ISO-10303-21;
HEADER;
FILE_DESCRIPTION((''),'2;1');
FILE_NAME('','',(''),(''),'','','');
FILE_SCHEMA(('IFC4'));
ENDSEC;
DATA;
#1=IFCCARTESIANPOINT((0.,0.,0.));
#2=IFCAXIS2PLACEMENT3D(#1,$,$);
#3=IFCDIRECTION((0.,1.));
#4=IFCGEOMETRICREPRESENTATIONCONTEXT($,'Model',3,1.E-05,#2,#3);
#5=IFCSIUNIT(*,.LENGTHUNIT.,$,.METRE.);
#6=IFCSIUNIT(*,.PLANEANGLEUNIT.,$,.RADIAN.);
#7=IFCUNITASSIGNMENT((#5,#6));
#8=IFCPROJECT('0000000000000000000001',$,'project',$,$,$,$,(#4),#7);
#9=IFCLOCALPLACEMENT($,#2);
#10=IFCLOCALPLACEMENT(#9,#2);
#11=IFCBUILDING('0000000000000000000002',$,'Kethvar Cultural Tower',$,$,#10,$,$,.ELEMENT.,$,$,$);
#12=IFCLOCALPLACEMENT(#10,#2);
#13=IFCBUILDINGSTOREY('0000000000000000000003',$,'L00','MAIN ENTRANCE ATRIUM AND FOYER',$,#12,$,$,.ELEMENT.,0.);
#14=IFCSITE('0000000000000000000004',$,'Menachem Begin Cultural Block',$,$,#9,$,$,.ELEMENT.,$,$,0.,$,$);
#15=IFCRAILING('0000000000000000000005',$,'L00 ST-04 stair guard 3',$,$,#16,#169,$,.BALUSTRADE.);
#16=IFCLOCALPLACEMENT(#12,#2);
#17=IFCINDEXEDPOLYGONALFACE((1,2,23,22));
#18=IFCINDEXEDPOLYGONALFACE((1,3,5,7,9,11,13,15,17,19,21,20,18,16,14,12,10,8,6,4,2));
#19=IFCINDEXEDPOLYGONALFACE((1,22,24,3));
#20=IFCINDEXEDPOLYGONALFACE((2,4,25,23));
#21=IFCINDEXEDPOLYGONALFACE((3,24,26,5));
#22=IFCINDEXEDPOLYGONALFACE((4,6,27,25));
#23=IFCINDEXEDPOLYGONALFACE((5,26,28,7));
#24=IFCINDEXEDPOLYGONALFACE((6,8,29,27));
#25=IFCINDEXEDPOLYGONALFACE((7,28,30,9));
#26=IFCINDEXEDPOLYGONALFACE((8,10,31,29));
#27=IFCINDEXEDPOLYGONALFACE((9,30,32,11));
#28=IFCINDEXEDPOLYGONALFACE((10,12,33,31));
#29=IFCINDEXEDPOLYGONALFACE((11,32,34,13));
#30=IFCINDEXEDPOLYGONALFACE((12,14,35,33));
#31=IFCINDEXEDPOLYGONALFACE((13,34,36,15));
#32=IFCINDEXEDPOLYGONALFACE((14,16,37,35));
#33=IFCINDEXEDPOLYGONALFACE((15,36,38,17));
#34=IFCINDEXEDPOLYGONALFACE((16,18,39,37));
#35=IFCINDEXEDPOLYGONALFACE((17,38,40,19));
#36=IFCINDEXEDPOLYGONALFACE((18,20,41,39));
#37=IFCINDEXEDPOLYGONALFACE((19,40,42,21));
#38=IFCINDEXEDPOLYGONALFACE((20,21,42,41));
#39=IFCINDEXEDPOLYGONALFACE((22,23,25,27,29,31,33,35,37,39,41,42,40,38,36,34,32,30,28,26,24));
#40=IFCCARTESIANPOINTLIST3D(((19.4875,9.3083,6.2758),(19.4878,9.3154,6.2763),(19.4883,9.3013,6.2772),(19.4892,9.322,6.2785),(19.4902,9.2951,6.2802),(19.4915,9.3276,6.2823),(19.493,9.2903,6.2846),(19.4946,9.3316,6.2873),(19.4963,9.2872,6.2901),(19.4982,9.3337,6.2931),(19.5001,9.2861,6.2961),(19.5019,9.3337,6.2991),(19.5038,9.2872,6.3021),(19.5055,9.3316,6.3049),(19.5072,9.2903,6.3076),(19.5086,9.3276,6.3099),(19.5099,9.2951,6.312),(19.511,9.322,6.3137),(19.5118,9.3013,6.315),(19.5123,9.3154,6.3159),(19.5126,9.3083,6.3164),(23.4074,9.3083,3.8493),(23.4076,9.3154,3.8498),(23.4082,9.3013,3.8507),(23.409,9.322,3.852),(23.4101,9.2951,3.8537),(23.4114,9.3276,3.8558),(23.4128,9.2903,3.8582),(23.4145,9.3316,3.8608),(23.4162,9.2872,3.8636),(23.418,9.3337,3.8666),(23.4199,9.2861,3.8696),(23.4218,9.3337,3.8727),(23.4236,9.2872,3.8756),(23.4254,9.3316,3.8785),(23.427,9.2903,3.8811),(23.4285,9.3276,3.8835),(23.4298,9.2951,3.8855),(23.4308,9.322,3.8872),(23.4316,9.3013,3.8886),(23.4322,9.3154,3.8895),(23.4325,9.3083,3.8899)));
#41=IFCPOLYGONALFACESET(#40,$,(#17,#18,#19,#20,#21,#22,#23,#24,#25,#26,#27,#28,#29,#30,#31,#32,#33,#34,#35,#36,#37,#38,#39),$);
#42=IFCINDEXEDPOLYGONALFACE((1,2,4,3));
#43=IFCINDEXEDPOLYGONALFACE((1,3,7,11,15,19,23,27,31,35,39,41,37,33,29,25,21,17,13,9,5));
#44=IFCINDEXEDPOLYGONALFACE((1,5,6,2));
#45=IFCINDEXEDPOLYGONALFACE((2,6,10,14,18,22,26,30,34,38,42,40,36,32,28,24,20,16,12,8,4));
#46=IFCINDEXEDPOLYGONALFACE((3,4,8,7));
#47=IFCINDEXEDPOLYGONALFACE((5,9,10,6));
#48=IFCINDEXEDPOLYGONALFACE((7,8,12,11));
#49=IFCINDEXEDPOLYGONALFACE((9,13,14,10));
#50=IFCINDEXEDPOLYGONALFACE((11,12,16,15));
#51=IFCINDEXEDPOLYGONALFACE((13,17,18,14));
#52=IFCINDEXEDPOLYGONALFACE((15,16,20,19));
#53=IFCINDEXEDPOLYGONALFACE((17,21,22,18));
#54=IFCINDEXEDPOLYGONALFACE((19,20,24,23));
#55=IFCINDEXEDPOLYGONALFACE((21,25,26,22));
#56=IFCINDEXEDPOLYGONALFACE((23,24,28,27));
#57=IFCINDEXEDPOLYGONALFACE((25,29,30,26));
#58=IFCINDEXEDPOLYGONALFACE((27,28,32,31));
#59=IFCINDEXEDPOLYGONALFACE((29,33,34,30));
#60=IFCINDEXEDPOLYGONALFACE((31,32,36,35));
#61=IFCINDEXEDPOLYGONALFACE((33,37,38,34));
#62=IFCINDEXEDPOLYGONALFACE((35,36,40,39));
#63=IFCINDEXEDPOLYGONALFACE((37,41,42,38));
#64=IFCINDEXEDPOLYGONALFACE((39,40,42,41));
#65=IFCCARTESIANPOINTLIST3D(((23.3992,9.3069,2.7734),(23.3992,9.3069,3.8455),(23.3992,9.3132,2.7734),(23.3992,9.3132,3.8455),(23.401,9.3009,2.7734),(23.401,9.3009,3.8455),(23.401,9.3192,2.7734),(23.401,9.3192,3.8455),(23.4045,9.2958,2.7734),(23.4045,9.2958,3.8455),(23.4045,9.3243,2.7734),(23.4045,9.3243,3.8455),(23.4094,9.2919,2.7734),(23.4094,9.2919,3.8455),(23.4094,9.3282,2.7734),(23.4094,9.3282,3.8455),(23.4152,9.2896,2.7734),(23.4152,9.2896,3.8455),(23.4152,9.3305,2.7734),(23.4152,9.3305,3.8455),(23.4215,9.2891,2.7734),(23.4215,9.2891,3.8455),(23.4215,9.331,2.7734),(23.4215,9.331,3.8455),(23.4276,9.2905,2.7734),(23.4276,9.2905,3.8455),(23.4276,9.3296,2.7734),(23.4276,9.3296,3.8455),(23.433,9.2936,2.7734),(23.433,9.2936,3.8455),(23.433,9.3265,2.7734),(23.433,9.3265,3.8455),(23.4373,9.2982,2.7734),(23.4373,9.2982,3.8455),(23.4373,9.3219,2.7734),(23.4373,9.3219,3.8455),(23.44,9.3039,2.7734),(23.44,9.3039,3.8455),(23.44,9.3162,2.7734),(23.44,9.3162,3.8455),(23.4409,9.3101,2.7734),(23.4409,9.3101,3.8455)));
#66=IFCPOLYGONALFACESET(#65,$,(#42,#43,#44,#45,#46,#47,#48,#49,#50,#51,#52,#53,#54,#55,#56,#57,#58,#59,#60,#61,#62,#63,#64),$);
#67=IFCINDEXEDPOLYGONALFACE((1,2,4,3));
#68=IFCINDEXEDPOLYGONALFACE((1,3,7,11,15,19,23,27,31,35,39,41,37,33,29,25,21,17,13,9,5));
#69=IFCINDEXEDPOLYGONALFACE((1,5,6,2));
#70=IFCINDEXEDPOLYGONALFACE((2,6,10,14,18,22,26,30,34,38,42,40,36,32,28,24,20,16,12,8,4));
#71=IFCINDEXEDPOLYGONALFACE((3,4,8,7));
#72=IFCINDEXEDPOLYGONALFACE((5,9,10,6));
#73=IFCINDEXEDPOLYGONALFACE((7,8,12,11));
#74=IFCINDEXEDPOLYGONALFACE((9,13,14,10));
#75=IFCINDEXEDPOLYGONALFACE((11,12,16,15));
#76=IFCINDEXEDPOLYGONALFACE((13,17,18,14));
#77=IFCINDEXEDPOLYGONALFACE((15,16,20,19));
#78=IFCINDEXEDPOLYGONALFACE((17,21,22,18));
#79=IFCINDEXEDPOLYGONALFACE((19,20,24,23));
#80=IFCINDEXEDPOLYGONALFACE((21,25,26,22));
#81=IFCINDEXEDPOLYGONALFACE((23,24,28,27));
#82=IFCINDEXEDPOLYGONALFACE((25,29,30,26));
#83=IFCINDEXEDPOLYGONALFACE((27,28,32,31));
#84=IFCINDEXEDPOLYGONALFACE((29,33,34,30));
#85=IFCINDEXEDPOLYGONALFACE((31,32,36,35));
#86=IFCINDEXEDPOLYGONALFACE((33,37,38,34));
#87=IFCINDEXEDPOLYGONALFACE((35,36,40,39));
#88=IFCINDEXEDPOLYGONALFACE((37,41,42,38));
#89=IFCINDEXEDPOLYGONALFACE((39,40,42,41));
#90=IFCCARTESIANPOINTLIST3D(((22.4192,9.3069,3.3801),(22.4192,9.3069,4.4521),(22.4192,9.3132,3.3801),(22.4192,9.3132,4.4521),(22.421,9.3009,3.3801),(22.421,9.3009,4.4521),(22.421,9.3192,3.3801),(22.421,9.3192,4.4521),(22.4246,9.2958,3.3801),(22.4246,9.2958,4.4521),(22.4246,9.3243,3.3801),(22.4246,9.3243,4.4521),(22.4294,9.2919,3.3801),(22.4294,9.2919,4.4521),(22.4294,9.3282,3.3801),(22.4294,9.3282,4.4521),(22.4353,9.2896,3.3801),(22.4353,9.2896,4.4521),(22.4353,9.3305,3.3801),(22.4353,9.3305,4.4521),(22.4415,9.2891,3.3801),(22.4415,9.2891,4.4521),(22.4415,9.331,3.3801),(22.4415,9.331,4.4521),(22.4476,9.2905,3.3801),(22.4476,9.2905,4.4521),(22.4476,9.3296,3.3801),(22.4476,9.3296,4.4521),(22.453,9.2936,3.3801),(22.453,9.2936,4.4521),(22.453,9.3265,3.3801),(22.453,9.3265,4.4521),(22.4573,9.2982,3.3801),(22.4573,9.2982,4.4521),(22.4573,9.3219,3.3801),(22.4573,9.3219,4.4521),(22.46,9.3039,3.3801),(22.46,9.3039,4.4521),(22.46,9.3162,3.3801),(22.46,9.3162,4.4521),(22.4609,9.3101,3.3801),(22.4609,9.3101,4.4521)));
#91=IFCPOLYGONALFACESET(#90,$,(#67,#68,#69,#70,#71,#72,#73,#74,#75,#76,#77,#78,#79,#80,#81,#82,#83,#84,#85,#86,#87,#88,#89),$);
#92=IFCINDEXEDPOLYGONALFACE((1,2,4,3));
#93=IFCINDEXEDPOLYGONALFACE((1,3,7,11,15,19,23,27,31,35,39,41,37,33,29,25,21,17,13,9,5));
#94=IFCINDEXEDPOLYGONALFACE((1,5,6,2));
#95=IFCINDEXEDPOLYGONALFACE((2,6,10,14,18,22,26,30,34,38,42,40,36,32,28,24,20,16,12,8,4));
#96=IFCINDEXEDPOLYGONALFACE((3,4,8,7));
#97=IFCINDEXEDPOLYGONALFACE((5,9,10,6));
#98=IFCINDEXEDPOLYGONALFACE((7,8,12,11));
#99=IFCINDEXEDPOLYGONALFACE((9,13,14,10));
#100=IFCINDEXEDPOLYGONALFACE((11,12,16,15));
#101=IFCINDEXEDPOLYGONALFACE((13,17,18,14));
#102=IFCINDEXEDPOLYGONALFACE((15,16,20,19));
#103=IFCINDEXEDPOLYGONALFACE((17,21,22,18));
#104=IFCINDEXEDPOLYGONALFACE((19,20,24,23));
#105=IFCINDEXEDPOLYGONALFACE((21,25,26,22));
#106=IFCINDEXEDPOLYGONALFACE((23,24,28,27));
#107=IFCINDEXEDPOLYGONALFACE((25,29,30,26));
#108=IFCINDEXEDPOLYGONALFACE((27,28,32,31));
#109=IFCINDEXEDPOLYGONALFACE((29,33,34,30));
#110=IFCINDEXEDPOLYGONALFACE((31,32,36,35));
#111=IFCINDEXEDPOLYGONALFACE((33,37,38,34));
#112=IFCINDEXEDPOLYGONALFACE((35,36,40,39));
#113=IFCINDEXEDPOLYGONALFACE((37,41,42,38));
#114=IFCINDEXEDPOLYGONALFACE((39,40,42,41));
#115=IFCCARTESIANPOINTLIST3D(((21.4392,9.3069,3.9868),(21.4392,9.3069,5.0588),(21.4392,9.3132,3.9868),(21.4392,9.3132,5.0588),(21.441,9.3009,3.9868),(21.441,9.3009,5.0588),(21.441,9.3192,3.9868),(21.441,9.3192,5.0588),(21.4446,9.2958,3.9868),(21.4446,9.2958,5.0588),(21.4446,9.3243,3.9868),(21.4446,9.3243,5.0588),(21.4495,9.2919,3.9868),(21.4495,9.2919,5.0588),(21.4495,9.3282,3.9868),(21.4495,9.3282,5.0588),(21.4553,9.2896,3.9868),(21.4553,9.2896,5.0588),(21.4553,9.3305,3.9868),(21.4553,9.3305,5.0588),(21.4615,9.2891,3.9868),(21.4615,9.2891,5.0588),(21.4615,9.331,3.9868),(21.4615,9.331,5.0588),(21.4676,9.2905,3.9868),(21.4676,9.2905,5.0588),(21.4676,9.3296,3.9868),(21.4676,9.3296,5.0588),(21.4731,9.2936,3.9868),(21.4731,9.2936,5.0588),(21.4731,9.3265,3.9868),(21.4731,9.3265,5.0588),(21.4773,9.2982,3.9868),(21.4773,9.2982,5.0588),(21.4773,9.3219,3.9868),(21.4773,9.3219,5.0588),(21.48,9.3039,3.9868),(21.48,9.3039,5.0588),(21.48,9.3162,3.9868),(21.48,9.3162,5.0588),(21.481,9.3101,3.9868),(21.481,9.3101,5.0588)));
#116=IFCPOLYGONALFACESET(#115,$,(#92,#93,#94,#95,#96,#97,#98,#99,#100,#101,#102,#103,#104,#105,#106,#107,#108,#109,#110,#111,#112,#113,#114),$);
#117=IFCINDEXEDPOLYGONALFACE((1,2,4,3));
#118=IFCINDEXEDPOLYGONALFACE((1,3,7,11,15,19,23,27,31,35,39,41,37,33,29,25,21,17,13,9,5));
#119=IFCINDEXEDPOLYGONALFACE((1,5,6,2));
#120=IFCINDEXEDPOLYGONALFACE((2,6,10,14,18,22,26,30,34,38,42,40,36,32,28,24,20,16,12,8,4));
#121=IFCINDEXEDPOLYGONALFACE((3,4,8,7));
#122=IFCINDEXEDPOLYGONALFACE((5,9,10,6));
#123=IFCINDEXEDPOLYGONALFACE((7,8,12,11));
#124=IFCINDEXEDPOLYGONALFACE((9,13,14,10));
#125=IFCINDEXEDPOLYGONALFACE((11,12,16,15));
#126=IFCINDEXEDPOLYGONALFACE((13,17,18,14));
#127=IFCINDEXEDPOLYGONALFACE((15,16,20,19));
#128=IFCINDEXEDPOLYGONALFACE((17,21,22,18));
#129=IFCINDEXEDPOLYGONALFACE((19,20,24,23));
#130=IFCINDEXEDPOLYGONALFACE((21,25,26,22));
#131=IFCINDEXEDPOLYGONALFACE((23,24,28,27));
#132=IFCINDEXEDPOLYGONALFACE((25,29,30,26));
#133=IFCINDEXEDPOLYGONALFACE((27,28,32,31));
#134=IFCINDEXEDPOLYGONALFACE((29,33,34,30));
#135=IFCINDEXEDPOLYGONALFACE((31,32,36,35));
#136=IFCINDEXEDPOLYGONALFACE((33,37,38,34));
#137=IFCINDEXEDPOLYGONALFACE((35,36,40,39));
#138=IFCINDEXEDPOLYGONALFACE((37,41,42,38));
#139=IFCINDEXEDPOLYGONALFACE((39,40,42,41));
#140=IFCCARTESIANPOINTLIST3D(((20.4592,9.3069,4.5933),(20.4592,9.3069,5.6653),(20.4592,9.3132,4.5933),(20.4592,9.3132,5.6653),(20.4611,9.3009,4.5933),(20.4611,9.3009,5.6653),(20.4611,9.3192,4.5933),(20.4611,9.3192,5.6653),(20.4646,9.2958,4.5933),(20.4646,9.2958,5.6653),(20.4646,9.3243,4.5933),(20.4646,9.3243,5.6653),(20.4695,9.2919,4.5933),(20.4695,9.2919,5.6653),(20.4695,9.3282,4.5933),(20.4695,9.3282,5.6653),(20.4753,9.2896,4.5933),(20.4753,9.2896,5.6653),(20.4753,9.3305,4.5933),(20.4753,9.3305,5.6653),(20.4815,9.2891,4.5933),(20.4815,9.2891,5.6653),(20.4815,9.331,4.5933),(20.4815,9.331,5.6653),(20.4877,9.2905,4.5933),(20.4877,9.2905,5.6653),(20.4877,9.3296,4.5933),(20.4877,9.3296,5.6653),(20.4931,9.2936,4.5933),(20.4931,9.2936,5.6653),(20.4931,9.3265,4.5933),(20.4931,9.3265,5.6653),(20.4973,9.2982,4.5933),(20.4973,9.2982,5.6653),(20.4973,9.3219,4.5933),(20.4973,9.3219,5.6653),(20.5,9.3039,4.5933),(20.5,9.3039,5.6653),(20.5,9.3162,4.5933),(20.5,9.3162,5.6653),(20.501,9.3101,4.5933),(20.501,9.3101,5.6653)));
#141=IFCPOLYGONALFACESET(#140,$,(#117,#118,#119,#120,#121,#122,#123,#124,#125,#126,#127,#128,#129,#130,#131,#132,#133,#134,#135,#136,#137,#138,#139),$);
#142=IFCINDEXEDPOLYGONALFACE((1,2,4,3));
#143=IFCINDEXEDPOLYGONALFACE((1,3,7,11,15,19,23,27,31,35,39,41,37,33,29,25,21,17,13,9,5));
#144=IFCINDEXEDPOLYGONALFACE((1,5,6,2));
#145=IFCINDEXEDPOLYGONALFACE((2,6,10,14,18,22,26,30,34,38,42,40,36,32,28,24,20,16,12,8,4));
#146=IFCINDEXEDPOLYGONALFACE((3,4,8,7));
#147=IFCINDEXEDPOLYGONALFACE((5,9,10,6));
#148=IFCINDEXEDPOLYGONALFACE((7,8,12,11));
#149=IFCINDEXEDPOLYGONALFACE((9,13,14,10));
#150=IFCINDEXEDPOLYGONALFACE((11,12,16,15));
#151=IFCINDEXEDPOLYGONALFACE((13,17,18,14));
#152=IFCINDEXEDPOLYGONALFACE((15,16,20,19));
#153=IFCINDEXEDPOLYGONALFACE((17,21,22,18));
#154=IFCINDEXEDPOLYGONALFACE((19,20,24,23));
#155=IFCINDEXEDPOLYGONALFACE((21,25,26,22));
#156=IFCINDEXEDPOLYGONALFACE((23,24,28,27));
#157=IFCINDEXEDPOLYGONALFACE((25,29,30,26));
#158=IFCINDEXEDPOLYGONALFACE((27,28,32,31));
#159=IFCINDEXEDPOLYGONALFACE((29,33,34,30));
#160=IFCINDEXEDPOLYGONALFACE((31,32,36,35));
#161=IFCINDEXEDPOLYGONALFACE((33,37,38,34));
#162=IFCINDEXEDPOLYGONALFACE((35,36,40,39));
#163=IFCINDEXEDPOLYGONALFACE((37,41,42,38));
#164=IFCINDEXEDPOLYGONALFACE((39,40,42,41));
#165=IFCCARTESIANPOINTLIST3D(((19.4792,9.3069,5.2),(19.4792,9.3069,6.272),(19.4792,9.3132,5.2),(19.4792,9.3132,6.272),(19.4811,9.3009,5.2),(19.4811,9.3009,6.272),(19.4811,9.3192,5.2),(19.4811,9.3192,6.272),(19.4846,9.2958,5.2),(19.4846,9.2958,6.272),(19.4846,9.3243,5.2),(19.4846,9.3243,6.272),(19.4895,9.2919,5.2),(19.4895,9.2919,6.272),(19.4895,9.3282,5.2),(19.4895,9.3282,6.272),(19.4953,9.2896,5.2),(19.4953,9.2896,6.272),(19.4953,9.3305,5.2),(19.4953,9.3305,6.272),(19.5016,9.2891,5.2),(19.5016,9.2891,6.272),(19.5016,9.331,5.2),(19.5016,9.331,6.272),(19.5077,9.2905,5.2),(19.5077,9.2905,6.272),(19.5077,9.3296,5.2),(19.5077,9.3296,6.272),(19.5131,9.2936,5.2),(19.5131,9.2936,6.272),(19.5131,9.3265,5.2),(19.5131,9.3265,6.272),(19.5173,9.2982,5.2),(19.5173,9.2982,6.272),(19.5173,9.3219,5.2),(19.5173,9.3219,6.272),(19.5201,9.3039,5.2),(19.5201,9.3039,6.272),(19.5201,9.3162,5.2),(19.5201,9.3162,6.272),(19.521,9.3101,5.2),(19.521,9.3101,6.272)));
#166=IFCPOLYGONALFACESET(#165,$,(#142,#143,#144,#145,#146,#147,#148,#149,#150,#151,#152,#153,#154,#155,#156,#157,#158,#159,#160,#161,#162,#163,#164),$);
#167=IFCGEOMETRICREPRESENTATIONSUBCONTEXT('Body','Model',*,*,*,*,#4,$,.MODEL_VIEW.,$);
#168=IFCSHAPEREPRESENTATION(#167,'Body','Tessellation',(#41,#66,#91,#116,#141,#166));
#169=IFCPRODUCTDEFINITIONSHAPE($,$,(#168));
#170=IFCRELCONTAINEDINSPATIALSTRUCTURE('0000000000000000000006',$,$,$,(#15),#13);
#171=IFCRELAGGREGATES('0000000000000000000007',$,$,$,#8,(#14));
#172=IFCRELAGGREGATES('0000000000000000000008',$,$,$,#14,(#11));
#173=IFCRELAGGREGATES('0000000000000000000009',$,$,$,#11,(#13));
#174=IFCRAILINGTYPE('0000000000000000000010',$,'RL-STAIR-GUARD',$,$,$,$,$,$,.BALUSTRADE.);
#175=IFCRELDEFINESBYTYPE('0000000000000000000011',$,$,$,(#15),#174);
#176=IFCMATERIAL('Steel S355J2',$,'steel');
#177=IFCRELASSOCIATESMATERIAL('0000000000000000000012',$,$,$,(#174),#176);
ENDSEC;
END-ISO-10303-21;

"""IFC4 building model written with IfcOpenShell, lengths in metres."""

from ifc_helpers import new_model, si_unit, direction, frame, origin, origin_2d, place, context, subcontext, project, spatial, circle, extrude, material, type_object, element, save


model = new_model("IFC4")

# Units and contexts
model_context = context("Model", 3, precision=1e-05, world=origin(), true_north=direction((0.0, 1.0)))
body_context = subcontext(model_context, "Body", "Model", "MODEL_VIEW")
ifc_project = project(units=[si_unit("LENGTHUNIT", "METRE"), si_unit("PLANEANGLEUNIT", "RADIAN")], contexts=[model_context])

# Site, building, storey
site_placement = place(None, origin())
site = spatial("IfcSite", under=ifc_project, at=site_placement, Name="Menachem Begin Cultural Block", CompositionType="ELEMENT", RefElevation=0.0)
building_placement = place(site_placement, origin())
building = spatial("IfcBuilding", under=site, at=building_placement, Name="Kethvar Cultural Tower", CompositionType="ELEMENT")
storey_placement = place(building_placement, origin())
storey = spatial("IfcBuildingStorey", under=building, at=storey_placement, Name="L00", Description="MAIN ENTRANCE ATRIUM AND FOYER", CompositionType="ELEMENT", Elevation=0.0)

# Shared definitions
ifc_material_1 = material(Name="Steel S355J2", Category="steel")

# Railing
railing_type_1 = type_object("IfcRailingType", Name="RL-STAIR-GUARD", PredefinedType="BALUSTRADE", material=ifc_material_1)
railing_1_placement = place(storey_placement, frame((23.4199, 9.3101, 2.7734)))
element("IfcRailing", 1, at=railing_1_placement, inside=storey, type_object=railing_type_1, Name="L00 ST-04 stair guard 3", PredefinedType="BALUSTRADE", context=body_context, shape_type="SweptSolid", body=[
    extrude(circle(Radius=0.0239, at=origin_2d()), frame((0.0, 0.0, 1.0962), z_axis=(-0.850275, 0.0, 0.526338), x_axis=(0.0, -1.0, 0.0)), (0.0, 0.0, 1.0), 4.6101),
    extrude(circle(Radius=0.021, at=origin_2d()), origin(), (0.0, 0.0, 1.0), 1.072),
    extrude(circle(Radius=0.021, at=origin_2d()), frame((-0.98, 0.0, 0.6067)), (0.0, 0.0, 1.0), 1.072),
    extrude(circle(Radius=0.021, at=origin_2d()), frame((-1.96, 0.0, 1.2134)), (0.0, 0.0, 1.0), 1.072),
    extrude(circle(Radius=0.021, at=origin_2d()), frame((-2.9399, 0.0, 1.8198)), (0.0, 0.0, 1.0), 1.072),
    extrude(circle(Radius=0.021, at=origin_2d()), frame((-3.9199, 0.0, 2.4265)), (0.0, 0.0, 1.0), 1.072),
])

save(model, "model.ifc")
